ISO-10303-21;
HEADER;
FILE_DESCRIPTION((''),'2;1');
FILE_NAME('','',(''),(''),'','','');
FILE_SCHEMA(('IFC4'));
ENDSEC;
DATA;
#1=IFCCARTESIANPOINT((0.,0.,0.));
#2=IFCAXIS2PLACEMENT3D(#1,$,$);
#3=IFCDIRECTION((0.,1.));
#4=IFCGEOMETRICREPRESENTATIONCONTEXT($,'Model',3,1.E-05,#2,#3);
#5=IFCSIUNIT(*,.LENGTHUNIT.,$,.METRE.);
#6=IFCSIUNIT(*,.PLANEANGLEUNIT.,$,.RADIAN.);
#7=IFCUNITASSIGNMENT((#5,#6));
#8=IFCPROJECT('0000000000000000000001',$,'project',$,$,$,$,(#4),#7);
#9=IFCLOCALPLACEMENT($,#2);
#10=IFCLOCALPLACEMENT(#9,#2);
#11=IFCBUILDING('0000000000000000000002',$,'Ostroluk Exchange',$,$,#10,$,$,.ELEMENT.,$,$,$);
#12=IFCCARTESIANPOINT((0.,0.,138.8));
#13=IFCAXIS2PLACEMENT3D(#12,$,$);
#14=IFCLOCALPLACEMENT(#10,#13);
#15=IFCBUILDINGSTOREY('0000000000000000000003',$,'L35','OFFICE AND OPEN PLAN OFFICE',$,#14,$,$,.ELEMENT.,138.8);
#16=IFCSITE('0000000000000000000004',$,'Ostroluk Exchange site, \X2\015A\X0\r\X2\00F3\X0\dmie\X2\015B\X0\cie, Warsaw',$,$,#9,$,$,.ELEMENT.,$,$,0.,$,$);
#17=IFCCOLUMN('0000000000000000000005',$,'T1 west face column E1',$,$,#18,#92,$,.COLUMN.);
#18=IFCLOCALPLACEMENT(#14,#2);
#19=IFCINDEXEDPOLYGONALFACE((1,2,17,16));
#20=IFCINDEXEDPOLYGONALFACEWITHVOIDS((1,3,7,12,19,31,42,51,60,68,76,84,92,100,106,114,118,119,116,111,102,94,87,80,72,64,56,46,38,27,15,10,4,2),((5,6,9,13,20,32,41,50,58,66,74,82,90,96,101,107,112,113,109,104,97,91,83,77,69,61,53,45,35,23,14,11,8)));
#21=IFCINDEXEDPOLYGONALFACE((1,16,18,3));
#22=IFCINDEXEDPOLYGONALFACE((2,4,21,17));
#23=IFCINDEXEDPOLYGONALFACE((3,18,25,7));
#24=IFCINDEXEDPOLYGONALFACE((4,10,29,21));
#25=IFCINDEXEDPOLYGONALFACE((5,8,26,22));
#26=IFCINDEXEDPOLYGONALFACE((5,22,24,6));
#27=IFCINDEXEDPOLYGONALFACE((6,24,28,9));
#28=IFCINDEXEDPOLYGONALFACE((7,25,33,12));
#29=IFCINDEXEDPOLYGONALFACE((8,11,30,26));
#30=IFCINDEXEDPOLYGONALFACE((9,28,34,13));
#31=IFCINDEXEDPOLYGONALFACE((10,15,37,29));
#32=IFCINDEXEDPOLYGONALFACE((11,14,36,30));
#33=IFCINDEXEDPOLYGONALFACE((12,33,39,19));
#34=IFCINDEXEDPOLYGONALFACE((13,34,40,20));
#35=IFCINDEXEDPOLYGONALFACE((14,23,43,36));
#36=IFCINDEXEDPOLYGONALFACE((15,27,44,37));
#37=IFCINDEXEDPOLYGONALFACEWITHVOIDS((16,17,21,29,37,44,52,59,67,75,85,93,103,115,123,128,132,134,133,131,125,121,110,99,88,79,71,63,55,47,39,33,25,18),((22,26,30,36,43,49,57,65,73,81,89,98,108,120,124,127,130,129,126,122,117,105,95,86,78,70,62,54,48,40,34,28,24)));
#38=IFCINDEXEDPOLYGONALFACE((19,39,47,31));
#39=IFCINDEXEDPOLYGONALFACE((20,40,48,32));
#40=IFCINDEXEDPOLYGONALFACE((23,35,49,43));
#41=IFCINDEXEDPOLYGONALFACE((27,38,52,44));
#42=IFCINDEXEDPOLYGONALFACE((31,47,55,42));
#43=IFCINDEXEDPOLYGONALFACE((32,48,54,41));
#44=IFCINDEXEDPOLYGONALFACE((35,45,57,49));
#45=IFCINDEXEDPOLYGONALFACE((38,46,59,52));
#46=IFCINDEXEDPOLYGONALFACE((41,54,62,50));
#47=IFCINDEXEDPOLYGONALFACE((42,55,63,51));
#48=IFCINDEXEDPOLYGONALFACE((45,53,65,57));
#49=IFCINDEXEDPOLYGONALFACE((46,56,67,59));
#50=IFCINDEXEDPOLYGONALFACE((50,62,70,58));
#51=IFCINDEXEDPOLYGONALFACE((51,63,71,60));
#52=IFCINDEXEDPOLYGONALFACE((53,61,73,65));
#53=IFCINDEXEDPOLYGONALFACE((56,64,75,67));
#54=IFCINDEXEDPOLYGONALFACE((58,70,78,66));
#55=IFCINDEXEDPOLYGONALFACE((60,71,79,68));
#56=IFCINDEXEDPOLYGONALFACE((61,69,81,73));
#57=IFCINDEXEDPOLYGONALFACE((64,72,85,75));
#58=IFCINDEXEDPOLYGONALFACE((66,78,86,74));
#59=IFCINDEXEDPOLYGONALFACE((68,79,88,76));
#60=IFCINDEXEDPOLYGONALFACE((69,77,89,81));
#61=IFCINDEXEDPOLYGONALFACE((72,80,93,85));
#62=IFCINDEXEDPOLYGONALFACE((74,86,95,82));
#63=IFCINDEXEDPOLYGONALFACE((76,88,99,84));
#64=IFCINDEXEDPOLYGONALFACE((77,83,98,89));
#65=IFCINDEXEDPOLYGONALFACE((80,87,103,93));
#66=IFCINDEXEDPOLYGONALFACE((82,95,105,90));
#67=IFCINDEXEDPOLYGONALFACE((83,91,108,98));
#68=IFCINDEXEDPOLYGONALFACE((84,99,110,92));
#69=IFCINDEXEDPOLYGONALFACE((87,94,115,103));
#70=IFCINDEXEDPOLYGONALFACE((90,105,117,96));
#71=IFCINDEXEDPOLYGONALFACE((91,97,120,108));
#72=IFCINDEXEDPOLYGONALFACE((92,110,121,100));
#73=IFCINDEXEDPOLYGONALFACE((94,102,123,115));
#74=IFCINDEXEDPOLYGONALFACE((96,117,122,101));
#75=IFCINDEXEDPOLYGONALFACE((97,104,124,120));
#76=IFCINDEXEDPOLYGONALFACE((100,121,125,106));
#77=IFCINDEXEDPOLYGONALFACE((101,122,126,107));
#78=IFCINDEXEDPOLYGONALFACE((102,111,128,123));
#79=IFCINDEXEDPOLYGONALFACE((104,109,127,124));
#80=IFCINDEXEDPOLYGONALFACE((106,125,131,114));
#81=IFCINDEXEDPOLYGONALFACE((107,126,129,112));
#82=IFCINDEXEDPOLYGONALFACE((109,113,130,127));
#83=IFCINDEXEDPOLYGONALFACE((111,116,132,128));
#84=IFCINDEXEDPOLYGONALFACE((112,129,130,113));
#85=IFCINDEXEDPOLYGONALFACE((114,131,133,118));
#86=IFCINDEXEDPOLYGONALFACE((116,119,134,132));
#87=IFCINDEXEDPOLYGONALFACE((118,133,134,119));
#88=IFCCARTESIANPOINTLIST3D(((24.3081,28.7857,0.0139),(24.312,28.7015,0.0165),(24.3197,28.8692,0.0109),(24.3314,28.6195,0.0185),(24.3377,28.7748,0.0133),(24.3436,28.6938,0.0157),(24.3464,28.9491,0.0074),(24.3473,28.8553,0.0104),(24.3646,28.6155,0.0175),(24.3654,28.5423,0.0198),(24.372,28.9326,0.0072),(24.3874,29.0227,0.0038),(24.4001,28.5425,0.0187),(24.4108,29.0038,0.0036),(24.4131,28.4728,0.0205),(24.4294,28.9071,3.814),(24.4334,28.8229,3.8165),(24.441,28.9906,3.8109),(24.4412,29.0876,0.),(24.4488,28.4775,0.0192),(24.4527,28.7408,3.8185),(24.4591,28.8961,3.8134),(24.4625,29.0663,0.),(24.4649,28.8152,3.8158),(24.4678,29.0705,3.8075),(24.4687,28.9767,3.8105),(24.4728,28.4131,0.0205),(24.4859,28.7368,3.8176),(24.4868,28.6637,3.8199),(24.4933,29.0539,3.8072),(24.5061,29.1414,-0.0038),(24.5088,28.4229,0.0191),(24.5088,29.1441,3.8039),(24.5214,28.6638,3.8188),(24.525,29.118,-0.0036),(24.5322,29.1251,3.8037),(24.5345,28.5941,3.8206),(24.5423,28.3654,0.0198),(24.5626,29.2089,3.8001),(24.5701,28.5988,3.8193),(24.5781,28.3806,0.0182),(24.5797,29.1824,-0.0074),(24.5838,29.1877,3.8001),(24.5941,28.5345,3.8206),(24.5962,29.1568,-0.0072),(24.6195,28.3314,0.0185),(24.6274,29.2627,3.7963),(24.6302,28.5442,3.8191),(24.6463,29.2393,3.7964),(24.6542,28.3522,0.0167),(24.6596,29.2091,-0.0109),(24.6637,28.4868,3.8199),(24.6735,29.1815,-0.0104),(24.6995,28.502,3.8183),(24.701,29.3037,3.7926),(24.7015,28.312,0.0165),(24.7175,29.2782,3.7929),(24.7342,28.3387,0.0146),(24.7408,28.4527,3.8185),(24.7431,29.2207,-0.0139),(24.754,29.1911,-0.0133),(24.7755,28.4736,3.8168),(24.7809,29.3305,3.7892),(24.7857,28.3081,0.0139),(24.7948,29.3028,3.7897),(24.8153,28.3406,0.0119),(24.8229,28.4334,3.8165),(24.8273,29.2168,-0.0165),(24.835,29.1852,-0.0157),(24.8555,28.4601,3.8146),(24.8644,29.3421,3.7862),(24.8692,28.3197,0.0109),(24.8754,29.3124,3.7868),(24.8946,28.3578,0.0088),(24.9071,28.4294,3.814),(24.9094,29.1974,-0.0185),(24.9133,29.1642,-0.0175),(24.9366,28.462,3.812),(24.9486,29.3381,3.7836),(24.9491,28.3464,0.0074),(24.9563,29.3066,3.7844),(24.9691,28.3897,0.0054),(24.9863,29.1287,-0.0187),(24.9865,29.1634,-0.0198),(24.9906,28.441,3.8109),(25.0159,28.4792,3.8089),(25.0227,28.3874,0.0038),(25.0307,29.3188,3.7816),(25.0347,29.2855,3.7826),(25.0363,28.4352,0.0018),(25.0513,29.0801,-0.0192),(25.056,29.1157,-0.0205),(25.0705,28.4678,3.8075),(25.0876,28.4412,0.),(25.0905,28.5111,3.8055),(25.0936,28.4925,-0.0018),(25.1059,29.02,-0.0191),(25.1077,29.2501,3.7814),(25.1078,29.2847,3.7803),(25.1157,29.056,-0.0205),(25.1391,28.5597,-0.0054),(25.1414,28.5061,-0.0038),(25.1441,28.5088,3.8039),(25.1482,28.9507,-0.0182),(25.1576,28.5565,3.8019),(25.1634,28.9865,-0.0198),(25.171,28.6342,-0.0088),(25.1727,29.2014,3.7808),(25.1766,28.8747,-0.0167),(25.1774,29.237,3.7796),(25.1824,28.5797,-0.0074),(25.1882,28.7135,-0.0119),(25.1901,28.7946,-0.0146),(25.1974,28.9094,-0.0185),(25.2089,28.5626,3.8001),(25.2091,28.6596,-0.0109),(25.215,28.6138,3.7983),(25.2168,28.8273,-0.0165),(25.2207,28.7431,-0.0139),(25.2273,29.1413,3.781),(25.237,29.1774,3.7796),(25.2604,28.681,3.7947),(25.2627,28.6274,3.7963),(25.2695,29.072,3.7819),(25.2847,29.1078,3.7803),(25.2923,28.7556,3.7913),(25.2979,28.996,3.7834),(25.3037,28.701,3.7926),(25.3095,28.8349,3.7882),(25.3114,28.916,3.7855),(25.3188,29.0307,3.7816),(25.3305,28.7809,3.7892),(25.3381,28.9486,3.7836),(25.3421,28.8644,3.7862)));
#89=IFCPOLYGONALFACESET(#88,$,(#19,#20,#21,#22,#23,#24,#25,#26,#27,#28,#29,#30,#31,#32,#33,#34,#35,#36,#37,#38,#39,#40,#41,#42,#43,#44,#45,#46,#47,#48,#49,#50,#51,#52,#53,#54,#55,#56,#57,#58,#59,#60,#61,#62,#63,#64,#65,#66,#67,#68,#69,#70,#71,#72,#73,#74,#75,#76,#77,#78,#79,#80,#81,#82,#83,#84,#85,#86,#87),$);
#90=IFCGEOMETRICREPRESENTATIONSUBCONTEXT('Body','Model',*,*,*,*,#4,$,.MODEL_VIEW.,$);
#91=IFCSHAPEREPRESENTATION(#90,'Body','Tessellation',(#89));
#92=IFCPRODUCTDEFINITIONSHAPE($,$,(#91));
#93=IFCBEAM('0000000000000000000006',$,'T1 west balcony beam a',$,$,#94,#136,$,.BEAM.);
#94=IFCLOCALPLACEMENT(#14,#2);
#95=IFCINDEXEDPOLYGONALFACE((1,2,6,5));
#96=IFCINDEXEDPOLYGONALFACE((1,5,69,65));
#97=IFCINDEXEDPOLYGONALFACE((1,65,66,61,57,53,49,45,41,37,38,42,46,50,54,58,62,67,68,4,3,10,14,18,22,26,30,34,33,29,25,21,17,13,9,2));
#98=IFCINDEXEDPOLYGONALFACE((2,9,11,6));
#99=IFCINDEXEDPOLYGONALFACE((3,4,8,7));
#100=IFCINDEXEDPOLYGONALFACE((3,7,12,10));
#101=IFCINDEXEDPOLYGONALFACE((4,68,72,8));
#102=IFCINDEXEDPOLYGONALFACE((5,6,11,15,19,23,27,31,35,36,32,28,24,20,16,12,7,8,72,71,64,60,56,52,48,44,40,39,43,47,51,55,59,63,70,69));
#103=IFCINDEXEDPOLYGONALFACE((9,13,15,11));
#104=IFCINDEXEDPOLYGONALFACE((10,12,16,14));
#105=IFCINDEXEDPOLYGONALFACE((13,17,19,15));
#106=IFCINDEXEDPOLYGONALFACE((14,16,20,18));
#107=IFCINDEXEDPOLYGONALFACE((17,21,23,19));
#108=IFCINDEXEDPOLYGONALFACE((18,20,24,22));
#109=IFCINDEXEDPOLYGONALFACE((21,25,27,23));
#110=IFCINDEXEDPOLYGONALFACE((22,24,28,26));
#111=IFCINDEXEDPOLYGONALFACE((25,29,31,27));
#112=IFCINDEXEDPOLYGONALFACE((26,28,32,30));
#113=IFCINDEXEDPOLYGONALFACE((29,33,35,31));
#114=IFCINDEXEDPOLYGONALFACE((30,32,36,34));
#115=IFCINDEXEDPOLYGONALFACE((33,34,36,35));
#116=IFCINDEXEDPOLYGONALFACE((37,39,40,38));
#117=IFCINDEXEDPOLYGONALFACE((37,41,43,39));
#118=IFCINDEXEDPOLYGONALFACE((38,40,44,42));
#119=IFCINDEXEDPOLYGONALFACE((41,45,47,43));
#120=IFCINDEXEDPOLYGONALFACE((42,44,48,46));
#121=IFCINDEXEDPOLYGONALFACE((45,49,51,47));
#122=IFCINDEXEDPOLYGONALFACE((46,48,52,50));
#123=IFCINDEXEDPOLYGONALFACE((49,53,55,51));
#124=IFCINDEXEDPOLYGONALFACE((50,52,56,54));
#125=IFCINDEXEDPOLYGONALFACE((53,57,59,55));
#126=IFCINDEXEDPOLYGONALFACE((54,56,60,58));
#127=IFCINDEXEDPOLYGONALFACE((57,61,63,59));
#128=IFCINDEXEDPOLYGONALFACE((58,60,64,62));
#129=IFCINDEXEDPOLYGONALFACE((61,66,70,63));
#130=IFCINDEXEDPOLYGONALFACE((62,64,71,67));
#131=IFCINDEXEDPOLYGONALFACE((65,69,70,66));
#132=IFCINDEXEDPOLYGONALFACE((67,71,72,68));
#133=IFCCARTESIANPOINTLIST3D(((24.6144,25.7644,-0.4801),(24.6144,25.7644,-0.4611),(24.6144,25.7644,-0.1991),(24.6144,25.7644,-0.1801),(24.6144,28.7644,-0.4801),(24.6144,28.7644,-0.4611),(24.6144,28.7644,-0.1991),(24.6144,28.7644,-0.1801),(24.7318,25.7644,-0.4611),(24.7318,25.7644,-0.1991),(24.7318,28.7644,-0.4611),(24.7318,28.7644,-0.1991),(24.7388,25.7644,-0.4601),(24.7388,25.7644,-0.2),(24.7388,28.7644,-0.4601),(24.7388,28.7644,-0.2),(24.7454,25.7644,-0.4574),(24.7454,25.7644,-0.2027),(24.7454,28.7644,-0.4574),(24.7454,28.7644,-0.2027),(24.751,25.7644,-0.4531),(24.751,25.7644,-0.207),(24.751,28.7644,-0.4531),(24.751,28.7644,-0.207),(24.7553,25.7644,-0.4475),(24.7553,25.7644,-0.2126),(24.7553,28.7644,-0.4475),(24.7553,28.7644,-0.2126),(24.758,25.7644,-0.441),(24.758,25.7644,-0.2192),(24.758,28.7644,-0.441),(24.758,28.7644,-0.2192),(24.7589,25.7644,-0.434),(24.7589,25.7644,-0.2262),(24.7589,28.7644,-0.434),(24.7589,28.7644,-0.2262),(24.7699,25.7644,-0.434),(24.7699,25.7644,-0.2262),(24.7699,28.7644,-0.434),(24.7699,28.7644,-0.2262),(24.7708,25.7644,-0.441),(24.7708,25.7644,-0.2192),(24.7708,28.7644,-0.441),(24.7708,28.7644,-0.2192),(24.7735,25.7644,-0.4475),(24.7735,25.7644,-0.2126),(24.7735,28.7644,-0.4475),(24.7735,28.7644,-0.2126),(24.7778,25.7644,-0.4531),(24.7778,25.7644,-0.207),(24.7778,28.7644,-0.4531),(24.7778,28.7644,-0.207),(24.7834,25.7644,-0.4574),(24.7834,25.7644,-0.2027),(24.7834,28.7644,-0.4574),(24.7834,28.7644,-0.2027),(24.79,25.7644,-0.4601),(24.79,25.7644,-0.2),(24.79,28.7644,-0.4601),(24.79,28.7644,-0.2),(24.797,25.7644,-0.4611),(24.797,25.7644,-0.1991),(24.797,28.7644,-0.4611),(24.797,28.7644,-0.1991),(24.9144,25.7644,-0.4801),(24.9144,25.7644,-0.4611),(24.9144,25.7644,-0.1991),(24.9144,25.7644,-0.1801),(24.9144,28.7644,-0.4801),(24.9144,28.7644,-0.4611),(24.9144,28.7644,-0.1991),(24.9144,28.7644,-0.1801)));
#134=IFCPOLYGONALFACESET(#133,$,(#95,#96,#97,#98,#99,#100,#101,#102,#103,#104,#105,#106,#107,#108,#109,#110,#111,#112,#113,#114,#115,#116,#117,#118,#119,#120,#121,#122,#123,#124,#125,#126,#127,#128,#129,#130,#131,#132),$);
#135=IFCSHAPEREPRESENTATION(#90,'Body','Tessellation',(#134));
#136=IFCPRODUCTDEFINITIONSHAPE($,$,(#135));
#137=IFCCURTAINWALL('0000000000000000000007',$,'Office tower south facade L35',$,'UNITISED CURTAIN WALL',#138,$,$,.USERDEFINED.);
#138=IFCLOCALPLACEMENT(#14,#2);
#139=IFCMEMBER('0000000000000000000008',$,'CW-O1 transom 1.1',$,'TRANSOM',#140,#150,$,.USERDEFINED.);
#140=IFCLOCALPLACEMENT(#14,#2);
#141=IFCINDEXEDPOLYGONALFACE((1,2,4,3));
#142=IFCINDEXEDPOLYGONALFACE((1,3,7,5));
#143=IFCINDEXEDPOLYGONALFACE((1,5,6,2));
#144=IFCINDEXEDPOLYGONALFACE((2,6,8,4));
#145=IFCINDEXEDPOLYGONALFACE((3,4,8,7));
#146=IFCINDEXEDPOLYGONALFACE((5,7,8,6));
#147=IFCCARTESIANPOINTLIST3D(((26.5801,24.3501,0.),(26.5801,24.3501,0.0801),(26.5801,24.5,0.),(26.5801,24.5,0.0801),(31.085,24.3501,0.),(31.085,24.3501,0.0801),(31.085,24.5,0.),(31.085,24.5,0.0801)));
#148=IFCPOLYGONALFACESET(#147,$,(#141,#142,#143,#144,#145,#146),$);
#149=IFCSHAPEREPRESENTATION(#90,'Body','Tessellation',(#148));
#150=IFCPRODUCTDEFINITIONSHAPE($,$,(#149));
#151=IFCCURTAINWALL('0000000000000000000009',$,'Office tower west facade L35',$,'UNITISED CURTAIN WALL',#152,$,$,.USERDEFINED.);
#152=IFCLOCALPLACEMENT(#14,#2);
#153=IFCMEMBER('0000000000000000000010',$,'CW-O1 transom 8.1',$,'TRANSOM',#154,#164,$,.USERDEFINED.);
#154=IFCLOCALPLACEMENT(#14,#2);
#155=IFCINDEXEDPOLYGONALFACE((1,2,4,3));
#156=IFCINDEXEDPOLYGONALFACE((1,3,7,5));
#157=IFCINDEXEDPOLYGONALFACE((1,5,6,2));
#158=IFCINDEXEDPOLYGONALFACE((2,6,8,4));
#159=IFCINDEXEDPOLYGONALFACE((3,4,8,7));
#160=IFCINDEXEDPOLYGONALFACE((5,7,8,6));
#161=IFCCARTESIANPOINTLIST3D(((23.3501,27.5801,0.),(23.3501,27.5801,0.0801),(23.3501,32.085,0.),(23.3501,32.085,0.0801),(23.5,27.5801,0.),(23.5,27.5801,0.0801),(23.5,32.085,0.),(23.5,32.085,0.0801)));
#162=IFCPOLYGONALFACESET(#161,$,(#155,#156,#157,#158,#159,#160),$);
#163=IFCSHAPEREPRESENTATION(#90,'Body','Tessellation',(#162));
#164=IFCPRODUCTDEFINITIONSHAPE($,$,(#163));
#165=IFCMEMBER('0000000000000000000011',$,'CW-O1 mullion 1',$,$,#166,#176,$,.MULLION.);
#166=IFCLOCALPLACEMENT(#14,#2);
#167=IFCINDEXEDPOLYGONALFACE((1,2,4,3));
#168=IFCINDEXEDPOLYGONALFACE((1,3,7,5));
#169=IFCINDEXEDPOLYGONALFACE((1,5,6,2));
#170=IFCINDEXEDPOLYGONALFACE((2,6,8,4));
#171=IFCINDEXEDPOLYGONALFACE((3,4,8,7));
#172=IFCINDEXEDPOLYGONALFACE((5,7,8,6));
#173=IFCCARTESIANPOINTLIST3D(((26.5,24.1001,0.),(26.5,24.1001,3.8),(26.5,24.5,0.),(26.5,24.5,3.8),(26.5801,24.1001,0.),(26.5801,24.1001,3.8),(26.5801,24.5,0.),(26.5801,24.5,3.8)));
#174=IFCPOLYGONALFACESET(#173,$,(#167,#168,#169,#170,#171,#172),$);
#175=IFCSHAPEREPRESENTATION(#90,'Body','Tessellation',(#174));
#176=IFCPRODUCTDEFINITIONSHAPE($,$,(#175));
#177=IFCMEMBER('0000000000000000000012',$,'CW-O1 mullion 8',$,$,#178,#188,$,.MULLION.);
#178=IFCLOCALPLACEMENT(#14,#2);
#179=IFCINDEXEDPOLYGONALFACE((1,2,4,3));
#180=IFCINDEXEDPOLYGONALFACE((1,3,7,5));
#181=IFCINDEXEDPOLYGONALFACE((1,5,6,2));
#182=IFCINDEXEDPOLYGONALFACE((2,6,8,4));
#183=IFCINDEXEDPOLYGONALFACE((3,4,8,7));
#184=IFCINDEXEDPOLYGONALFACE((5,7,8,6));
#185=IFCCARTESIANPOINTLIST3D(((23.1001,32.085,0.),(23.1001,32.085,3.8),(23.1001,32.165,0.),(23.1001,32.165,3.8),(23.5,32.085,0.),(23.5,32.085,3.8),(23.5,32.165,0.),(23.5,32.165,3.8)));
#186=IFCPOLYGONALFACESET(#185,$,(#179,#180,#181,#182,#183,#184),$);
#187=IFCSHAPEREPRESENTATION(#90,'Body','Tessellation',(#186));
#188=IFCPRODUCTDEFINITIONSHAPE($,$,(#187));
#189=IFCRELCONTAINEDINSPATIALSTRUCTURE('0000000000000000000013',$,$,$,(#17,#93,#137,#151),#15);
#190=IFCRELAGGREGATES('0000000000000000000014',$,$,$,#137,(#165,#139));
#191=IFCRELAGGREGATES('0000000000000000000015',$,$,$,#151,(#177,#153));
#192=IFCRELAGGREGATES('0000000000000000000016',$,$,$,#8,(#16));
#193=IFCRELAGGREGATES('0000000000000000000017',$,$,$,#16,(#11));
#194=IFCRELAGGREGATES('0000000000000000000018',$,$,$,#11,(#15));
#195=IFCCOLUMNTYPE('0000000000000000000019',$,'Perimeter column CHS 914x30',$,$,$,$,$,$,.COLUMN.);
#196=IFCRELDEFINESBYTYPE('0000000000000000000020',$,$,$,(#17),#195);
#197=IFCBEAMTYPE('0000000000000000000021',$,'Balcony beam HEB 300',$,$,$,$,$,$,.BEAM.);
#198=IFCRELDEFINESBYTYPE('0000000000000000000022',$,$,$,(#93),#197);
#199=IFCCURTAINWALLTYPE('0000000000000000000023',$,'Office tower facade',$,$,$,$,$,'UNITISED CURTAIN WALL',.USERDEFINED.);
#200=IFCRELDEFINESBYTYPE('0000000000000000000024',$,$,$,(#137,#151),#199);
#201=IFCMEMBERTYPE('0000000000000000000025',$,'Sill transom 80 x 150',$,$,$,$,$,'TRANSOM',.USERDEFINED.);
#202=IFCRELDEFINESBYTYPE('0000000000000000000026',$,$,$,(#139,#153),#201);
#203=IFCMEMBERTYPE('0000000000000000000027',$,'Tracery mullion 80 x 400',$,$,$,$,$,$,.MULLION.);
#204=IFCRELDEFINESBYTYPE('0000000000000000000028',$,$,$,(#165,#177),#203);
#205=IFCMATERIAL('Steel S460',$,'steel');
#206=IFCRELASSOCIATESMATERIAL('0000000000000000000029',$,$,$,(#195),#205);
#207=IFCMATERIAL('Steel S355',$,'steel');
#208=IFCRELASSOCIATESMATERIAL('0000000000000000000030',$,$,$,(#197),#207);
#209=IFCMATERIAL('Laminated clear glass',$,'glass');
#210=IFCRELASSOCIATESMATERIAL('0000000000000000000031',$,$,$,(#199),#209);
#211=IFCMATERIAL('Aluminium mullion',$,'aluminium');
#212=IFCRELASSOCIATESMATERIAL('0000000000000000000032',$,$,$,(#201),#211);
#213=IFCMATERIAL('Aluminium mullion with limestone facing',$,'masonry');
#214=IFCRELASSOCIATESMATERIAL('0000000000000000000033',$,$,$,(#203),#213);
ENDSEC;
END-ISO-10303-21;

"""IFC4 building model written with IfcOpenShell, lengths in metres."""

from ifc_helpers import new_model, si_unit, direction, frame, origin, origin_2d, place, context, subcontext, project, spatial, rectangle, hollow_circle, i_section, extrude, material, material_profile, profile_set, type_object, element, aggregate, save


model = new_model("IFC4")

# Units and contexts
model_context = context("Model", 3, precision=1e-05, world=origin(), true_north=direction((0.0, 1.0)))
body_context = subcontext(model_context, "Body", "Model", "MODEL_VIEW")
ifc_project = project(units=[si_unit("LENGTHUNIT", "METRE"), si_unit("PLANEANGLEUNIT", "RADIAN")], contexts=[model_context])

# Site, building, storey
site_placement = place(None, origin())
site = spatial("IfcSite", under=ifc_project, at=site_placement, Name="Ostroluk Exchange site, Śródmieście, Warsaw", CompositionType="ELEMENT", RefElevation=0.0)
building_placement = place(site_placement, origin())
building = spatial("IfcBuilding", under=site, at=building_placement, Name="Ostroluk Exchange", CompositionType="ELEMENT")
storey_placement = place(building_placement, frame((0.0, 0.0, 138.8)))
storey = spatial("IfcBuildingStorey", under=building, at=storey_placement, Name="L35", Description="OFFICE AND OPEN PLAN OFFICE", CompositionType="ELEMENT", Elevation=138.8)

# Column
ifc_material_1 = material(Name="Steel S460", Category="steel")
ifc_material_profile_1 = material_profile(ifc_material_1, hollow_circle(Radius=0.457, WallThickness=0.03, at=origin_2d()), Name="CHS 914x30")
ifc_profile_set_1 = profile_set([ifc_material_profile_1], Name="Steel S460")
column_type = type_object("IfcColumnType", Name="Perimeter column CHS 914x30", PredefinedType="COLUMN", material=ifc_profile_set_1)
column_placement = place(storey_placement, frame((24.7644, 28.7644, 0.0), z_axis=(0.031898, 0.031898, 0.998982), x_axis=(-0.707107, 0.707107, 0.0)))
element("IfcColumn", 1, at=column_placement, inside=storey, type_object=column_type, Name="T1 west face column E1", PredefinedType="COLUMN", context=body_context, shape_type="SweptSolid", body=[
    extrude(hollow_circle(Radius=0.457, WallThickness=0.03, at=origin_2d()), origin(), (0.0, 0.0, 1.0), 3.804),
])

# Beam
ifc_material_2 = material(Name="Steel S355", Category="steel")
ifc_material_profile_2 = material_profile(ifc_material_2, i_section(OverallWidth=0.3, OverallDepth=0.3, WebThickness=0.011, FlangeThickness=0.019, FilletRadius=0.0271, at=origin_2d()), Name="HEB 300")
ifc_profile_set_2 = profile_set([ifc_material_profile_2], Name="Steel S355")
beam_type = type_object("IfcBeamType", Name="Balcony beam HEB 300", PredefinedType="BEAM", material=ifc_profile_set_2)
beam_placement = place(storey_placement, frame((24.7644, 28.7644, -0.3301), z_axis=(0.0, -1.0, 0.0), x_axis=(1.0, 0.0, 0.0)))
element("IfcBeam", 2, at=beam_placement, inside=storey, type_object=beam_type, Name="T1 west balcony beam a", PredefinedType="BEAM", context=body_context, shape_type="SweptSolid", body=[
    extrude(i_section(OverallWidth=0.3, OverallDepth=0.3, WebThickness=0.011, FlangeThickness=0.019, FilletRadius=0.0271, at=origin_2d()), origin(), (0.0, 0.0, 1.0), 3.0),
])

# Curtain walls, members
ifc_material_3 = material(Name="Laminated clear glass", Category="glass")
curtain_wall_type = type_object("IfcCurtainWallType", Name="Office tower facade", ElementType="UNITISED CURTAIN WALL", PredefinedType="USERDEFINED", material=ifc_material_3)
curtain_wall_1_placement = place(storey_placement, origin())
curtain_wall_1 = element("IfcCurtainWall", 3, at=curtain_wall_1_placement, inside=storey, type_object=curtain_wall_type, Name="Office tower south facade L35", ObjectType="UNITISED CURTAIN WALL", PredefinedType="USERDEFINED")
ifc_material_4 = material(Name="Aluminium mullion", Category="aluminium")
ifc_material_profile_3 = material_profile(ifc_material_4, rectangle(XDim=0.1499, YDim=0.0801, at=origin_2d()), Name="Sill transom 80 x 150")
ifc_profile_set_3 = profile_set([ifc_material_profile_3], Name="Aluminium mullion")
member_type_1 = type_object("IfcMemberType", Name="Sill transom 80 x 150", ElementType="TRANSOM", PredefinedType="USERDEFINED", material=ifc_profile_set_3)
member_1_placement = place(storey_placement, frame((26.5801, 24.425, 0.04), z_axis=(1.0, 0.0, 0.0), x_axis=(0.0, 1.0, 0.0)))
member_1 = element("IfcMember", 4, at=member_1_placement, type_object=member_type_1, Name="CW-O1 transom 1.1", ObjectType="TRANSOM", PredefinedType="USERDEFINED", context=body_context, shape_type="SweptSolid", body=[
    extrude(rectangle(XDim=0.1499, YDim=0.0801, at=origin_2d()), origin(), (0.0, 0.0, 1.0), 4.5049),
])
curtain_wall_2_placement = place(storey_placement, origin())
curtain_wall_2 = element("IfcCurtainWall", 5, at=curtain_wall_2_placement, inside=storey, type_object=curtain_wall_type, Name="Office tower west facade L35", ObjectType="UNITISED CURTAIN WALL", PredefinedType="USERDEFINED")
member_2_placement = place(storey_placement, frame((23.425, 32.085, 0.04), z_axis=(0.0, -1.0, 0.0), x_axis=(1.0, 0.0, 0.0)))
member_2 = element("IfcMember", 6, at=member_2_placement, type_object=member_type_1, Name="CW-O1 transom 8.1", ObjectType="TRANSOM", PredefinedType="USERDEFINED", context=body_context, shape_type="SweptSolid", body=[
    extrude(rectangle(XDim=0.1499, YDim=0.0801, at=origin_2d()), origin(), (0.0, 0.0, 1.0), 4.5049),
])

# Members
ifc_material_5 = material(Name="Aluminium mullion with limestone facing", Category="masonry")
ifc_material_profile_4 = material_profile(ifc_material_5, rectangle(XDim=0.3999, YDim=0.0801, at=origin_2d()), Name="Tracery mullion 80 x 400")
ifc_profile_set_4 = profile_set([ifc_material_profile_4], Name="Aluminium mullion with limestone facing")
member_type_2 = type_object("IfcMemberType", Name="Tracery mullion 80 x 400", PredefinedType="MULLION", material=ifc_profile_set_4)
member_3_placement = place(storey_placement, frame((26.54, 24.3, 0.0), z_axis=(0.0, 0.0, 1.0), x_axis=(0.0, 1.0, 0.0)))
member_3 = element("IfcMember", 7, at=member_3_placement, type_object=member_type_2, Name="CW-O1 mullion 1", PredefinedType="MULLION", context=body_context, shape_type="SweptSolid", body=[
    extrude(rectangle(XDim=0.3999, YDim=0.0801, at=origin_2d()), origin(), (0.0, 0.0, 1.0), 3.8),
])
aggregate(curtain_wall_1, [member_3, member_1])
member_4_placement = place(storey_placement, frame((23.3, 32.125, 0.0), z_axis=(0.0, 0.0, 1.0), x_axis=(1.0, 0.0, 0.0)))
member_4 = element("IfcMember", 8, at=member_4_placement, type_object=member_type_2, Name="CW-O1 mullion 8", PredefinedType="MULLION", context=body_context, shape_type="SweptSolid", body=[
    extrude(rectangle(XDim=0.3999, YDim=0.0801, at=origin_2d()), origin(), (0.0, 0.0, 1.0), 3.8),
])

aggregate(curtain_wall_2, [member_4, member_2])

save(model, "model.ifc")
